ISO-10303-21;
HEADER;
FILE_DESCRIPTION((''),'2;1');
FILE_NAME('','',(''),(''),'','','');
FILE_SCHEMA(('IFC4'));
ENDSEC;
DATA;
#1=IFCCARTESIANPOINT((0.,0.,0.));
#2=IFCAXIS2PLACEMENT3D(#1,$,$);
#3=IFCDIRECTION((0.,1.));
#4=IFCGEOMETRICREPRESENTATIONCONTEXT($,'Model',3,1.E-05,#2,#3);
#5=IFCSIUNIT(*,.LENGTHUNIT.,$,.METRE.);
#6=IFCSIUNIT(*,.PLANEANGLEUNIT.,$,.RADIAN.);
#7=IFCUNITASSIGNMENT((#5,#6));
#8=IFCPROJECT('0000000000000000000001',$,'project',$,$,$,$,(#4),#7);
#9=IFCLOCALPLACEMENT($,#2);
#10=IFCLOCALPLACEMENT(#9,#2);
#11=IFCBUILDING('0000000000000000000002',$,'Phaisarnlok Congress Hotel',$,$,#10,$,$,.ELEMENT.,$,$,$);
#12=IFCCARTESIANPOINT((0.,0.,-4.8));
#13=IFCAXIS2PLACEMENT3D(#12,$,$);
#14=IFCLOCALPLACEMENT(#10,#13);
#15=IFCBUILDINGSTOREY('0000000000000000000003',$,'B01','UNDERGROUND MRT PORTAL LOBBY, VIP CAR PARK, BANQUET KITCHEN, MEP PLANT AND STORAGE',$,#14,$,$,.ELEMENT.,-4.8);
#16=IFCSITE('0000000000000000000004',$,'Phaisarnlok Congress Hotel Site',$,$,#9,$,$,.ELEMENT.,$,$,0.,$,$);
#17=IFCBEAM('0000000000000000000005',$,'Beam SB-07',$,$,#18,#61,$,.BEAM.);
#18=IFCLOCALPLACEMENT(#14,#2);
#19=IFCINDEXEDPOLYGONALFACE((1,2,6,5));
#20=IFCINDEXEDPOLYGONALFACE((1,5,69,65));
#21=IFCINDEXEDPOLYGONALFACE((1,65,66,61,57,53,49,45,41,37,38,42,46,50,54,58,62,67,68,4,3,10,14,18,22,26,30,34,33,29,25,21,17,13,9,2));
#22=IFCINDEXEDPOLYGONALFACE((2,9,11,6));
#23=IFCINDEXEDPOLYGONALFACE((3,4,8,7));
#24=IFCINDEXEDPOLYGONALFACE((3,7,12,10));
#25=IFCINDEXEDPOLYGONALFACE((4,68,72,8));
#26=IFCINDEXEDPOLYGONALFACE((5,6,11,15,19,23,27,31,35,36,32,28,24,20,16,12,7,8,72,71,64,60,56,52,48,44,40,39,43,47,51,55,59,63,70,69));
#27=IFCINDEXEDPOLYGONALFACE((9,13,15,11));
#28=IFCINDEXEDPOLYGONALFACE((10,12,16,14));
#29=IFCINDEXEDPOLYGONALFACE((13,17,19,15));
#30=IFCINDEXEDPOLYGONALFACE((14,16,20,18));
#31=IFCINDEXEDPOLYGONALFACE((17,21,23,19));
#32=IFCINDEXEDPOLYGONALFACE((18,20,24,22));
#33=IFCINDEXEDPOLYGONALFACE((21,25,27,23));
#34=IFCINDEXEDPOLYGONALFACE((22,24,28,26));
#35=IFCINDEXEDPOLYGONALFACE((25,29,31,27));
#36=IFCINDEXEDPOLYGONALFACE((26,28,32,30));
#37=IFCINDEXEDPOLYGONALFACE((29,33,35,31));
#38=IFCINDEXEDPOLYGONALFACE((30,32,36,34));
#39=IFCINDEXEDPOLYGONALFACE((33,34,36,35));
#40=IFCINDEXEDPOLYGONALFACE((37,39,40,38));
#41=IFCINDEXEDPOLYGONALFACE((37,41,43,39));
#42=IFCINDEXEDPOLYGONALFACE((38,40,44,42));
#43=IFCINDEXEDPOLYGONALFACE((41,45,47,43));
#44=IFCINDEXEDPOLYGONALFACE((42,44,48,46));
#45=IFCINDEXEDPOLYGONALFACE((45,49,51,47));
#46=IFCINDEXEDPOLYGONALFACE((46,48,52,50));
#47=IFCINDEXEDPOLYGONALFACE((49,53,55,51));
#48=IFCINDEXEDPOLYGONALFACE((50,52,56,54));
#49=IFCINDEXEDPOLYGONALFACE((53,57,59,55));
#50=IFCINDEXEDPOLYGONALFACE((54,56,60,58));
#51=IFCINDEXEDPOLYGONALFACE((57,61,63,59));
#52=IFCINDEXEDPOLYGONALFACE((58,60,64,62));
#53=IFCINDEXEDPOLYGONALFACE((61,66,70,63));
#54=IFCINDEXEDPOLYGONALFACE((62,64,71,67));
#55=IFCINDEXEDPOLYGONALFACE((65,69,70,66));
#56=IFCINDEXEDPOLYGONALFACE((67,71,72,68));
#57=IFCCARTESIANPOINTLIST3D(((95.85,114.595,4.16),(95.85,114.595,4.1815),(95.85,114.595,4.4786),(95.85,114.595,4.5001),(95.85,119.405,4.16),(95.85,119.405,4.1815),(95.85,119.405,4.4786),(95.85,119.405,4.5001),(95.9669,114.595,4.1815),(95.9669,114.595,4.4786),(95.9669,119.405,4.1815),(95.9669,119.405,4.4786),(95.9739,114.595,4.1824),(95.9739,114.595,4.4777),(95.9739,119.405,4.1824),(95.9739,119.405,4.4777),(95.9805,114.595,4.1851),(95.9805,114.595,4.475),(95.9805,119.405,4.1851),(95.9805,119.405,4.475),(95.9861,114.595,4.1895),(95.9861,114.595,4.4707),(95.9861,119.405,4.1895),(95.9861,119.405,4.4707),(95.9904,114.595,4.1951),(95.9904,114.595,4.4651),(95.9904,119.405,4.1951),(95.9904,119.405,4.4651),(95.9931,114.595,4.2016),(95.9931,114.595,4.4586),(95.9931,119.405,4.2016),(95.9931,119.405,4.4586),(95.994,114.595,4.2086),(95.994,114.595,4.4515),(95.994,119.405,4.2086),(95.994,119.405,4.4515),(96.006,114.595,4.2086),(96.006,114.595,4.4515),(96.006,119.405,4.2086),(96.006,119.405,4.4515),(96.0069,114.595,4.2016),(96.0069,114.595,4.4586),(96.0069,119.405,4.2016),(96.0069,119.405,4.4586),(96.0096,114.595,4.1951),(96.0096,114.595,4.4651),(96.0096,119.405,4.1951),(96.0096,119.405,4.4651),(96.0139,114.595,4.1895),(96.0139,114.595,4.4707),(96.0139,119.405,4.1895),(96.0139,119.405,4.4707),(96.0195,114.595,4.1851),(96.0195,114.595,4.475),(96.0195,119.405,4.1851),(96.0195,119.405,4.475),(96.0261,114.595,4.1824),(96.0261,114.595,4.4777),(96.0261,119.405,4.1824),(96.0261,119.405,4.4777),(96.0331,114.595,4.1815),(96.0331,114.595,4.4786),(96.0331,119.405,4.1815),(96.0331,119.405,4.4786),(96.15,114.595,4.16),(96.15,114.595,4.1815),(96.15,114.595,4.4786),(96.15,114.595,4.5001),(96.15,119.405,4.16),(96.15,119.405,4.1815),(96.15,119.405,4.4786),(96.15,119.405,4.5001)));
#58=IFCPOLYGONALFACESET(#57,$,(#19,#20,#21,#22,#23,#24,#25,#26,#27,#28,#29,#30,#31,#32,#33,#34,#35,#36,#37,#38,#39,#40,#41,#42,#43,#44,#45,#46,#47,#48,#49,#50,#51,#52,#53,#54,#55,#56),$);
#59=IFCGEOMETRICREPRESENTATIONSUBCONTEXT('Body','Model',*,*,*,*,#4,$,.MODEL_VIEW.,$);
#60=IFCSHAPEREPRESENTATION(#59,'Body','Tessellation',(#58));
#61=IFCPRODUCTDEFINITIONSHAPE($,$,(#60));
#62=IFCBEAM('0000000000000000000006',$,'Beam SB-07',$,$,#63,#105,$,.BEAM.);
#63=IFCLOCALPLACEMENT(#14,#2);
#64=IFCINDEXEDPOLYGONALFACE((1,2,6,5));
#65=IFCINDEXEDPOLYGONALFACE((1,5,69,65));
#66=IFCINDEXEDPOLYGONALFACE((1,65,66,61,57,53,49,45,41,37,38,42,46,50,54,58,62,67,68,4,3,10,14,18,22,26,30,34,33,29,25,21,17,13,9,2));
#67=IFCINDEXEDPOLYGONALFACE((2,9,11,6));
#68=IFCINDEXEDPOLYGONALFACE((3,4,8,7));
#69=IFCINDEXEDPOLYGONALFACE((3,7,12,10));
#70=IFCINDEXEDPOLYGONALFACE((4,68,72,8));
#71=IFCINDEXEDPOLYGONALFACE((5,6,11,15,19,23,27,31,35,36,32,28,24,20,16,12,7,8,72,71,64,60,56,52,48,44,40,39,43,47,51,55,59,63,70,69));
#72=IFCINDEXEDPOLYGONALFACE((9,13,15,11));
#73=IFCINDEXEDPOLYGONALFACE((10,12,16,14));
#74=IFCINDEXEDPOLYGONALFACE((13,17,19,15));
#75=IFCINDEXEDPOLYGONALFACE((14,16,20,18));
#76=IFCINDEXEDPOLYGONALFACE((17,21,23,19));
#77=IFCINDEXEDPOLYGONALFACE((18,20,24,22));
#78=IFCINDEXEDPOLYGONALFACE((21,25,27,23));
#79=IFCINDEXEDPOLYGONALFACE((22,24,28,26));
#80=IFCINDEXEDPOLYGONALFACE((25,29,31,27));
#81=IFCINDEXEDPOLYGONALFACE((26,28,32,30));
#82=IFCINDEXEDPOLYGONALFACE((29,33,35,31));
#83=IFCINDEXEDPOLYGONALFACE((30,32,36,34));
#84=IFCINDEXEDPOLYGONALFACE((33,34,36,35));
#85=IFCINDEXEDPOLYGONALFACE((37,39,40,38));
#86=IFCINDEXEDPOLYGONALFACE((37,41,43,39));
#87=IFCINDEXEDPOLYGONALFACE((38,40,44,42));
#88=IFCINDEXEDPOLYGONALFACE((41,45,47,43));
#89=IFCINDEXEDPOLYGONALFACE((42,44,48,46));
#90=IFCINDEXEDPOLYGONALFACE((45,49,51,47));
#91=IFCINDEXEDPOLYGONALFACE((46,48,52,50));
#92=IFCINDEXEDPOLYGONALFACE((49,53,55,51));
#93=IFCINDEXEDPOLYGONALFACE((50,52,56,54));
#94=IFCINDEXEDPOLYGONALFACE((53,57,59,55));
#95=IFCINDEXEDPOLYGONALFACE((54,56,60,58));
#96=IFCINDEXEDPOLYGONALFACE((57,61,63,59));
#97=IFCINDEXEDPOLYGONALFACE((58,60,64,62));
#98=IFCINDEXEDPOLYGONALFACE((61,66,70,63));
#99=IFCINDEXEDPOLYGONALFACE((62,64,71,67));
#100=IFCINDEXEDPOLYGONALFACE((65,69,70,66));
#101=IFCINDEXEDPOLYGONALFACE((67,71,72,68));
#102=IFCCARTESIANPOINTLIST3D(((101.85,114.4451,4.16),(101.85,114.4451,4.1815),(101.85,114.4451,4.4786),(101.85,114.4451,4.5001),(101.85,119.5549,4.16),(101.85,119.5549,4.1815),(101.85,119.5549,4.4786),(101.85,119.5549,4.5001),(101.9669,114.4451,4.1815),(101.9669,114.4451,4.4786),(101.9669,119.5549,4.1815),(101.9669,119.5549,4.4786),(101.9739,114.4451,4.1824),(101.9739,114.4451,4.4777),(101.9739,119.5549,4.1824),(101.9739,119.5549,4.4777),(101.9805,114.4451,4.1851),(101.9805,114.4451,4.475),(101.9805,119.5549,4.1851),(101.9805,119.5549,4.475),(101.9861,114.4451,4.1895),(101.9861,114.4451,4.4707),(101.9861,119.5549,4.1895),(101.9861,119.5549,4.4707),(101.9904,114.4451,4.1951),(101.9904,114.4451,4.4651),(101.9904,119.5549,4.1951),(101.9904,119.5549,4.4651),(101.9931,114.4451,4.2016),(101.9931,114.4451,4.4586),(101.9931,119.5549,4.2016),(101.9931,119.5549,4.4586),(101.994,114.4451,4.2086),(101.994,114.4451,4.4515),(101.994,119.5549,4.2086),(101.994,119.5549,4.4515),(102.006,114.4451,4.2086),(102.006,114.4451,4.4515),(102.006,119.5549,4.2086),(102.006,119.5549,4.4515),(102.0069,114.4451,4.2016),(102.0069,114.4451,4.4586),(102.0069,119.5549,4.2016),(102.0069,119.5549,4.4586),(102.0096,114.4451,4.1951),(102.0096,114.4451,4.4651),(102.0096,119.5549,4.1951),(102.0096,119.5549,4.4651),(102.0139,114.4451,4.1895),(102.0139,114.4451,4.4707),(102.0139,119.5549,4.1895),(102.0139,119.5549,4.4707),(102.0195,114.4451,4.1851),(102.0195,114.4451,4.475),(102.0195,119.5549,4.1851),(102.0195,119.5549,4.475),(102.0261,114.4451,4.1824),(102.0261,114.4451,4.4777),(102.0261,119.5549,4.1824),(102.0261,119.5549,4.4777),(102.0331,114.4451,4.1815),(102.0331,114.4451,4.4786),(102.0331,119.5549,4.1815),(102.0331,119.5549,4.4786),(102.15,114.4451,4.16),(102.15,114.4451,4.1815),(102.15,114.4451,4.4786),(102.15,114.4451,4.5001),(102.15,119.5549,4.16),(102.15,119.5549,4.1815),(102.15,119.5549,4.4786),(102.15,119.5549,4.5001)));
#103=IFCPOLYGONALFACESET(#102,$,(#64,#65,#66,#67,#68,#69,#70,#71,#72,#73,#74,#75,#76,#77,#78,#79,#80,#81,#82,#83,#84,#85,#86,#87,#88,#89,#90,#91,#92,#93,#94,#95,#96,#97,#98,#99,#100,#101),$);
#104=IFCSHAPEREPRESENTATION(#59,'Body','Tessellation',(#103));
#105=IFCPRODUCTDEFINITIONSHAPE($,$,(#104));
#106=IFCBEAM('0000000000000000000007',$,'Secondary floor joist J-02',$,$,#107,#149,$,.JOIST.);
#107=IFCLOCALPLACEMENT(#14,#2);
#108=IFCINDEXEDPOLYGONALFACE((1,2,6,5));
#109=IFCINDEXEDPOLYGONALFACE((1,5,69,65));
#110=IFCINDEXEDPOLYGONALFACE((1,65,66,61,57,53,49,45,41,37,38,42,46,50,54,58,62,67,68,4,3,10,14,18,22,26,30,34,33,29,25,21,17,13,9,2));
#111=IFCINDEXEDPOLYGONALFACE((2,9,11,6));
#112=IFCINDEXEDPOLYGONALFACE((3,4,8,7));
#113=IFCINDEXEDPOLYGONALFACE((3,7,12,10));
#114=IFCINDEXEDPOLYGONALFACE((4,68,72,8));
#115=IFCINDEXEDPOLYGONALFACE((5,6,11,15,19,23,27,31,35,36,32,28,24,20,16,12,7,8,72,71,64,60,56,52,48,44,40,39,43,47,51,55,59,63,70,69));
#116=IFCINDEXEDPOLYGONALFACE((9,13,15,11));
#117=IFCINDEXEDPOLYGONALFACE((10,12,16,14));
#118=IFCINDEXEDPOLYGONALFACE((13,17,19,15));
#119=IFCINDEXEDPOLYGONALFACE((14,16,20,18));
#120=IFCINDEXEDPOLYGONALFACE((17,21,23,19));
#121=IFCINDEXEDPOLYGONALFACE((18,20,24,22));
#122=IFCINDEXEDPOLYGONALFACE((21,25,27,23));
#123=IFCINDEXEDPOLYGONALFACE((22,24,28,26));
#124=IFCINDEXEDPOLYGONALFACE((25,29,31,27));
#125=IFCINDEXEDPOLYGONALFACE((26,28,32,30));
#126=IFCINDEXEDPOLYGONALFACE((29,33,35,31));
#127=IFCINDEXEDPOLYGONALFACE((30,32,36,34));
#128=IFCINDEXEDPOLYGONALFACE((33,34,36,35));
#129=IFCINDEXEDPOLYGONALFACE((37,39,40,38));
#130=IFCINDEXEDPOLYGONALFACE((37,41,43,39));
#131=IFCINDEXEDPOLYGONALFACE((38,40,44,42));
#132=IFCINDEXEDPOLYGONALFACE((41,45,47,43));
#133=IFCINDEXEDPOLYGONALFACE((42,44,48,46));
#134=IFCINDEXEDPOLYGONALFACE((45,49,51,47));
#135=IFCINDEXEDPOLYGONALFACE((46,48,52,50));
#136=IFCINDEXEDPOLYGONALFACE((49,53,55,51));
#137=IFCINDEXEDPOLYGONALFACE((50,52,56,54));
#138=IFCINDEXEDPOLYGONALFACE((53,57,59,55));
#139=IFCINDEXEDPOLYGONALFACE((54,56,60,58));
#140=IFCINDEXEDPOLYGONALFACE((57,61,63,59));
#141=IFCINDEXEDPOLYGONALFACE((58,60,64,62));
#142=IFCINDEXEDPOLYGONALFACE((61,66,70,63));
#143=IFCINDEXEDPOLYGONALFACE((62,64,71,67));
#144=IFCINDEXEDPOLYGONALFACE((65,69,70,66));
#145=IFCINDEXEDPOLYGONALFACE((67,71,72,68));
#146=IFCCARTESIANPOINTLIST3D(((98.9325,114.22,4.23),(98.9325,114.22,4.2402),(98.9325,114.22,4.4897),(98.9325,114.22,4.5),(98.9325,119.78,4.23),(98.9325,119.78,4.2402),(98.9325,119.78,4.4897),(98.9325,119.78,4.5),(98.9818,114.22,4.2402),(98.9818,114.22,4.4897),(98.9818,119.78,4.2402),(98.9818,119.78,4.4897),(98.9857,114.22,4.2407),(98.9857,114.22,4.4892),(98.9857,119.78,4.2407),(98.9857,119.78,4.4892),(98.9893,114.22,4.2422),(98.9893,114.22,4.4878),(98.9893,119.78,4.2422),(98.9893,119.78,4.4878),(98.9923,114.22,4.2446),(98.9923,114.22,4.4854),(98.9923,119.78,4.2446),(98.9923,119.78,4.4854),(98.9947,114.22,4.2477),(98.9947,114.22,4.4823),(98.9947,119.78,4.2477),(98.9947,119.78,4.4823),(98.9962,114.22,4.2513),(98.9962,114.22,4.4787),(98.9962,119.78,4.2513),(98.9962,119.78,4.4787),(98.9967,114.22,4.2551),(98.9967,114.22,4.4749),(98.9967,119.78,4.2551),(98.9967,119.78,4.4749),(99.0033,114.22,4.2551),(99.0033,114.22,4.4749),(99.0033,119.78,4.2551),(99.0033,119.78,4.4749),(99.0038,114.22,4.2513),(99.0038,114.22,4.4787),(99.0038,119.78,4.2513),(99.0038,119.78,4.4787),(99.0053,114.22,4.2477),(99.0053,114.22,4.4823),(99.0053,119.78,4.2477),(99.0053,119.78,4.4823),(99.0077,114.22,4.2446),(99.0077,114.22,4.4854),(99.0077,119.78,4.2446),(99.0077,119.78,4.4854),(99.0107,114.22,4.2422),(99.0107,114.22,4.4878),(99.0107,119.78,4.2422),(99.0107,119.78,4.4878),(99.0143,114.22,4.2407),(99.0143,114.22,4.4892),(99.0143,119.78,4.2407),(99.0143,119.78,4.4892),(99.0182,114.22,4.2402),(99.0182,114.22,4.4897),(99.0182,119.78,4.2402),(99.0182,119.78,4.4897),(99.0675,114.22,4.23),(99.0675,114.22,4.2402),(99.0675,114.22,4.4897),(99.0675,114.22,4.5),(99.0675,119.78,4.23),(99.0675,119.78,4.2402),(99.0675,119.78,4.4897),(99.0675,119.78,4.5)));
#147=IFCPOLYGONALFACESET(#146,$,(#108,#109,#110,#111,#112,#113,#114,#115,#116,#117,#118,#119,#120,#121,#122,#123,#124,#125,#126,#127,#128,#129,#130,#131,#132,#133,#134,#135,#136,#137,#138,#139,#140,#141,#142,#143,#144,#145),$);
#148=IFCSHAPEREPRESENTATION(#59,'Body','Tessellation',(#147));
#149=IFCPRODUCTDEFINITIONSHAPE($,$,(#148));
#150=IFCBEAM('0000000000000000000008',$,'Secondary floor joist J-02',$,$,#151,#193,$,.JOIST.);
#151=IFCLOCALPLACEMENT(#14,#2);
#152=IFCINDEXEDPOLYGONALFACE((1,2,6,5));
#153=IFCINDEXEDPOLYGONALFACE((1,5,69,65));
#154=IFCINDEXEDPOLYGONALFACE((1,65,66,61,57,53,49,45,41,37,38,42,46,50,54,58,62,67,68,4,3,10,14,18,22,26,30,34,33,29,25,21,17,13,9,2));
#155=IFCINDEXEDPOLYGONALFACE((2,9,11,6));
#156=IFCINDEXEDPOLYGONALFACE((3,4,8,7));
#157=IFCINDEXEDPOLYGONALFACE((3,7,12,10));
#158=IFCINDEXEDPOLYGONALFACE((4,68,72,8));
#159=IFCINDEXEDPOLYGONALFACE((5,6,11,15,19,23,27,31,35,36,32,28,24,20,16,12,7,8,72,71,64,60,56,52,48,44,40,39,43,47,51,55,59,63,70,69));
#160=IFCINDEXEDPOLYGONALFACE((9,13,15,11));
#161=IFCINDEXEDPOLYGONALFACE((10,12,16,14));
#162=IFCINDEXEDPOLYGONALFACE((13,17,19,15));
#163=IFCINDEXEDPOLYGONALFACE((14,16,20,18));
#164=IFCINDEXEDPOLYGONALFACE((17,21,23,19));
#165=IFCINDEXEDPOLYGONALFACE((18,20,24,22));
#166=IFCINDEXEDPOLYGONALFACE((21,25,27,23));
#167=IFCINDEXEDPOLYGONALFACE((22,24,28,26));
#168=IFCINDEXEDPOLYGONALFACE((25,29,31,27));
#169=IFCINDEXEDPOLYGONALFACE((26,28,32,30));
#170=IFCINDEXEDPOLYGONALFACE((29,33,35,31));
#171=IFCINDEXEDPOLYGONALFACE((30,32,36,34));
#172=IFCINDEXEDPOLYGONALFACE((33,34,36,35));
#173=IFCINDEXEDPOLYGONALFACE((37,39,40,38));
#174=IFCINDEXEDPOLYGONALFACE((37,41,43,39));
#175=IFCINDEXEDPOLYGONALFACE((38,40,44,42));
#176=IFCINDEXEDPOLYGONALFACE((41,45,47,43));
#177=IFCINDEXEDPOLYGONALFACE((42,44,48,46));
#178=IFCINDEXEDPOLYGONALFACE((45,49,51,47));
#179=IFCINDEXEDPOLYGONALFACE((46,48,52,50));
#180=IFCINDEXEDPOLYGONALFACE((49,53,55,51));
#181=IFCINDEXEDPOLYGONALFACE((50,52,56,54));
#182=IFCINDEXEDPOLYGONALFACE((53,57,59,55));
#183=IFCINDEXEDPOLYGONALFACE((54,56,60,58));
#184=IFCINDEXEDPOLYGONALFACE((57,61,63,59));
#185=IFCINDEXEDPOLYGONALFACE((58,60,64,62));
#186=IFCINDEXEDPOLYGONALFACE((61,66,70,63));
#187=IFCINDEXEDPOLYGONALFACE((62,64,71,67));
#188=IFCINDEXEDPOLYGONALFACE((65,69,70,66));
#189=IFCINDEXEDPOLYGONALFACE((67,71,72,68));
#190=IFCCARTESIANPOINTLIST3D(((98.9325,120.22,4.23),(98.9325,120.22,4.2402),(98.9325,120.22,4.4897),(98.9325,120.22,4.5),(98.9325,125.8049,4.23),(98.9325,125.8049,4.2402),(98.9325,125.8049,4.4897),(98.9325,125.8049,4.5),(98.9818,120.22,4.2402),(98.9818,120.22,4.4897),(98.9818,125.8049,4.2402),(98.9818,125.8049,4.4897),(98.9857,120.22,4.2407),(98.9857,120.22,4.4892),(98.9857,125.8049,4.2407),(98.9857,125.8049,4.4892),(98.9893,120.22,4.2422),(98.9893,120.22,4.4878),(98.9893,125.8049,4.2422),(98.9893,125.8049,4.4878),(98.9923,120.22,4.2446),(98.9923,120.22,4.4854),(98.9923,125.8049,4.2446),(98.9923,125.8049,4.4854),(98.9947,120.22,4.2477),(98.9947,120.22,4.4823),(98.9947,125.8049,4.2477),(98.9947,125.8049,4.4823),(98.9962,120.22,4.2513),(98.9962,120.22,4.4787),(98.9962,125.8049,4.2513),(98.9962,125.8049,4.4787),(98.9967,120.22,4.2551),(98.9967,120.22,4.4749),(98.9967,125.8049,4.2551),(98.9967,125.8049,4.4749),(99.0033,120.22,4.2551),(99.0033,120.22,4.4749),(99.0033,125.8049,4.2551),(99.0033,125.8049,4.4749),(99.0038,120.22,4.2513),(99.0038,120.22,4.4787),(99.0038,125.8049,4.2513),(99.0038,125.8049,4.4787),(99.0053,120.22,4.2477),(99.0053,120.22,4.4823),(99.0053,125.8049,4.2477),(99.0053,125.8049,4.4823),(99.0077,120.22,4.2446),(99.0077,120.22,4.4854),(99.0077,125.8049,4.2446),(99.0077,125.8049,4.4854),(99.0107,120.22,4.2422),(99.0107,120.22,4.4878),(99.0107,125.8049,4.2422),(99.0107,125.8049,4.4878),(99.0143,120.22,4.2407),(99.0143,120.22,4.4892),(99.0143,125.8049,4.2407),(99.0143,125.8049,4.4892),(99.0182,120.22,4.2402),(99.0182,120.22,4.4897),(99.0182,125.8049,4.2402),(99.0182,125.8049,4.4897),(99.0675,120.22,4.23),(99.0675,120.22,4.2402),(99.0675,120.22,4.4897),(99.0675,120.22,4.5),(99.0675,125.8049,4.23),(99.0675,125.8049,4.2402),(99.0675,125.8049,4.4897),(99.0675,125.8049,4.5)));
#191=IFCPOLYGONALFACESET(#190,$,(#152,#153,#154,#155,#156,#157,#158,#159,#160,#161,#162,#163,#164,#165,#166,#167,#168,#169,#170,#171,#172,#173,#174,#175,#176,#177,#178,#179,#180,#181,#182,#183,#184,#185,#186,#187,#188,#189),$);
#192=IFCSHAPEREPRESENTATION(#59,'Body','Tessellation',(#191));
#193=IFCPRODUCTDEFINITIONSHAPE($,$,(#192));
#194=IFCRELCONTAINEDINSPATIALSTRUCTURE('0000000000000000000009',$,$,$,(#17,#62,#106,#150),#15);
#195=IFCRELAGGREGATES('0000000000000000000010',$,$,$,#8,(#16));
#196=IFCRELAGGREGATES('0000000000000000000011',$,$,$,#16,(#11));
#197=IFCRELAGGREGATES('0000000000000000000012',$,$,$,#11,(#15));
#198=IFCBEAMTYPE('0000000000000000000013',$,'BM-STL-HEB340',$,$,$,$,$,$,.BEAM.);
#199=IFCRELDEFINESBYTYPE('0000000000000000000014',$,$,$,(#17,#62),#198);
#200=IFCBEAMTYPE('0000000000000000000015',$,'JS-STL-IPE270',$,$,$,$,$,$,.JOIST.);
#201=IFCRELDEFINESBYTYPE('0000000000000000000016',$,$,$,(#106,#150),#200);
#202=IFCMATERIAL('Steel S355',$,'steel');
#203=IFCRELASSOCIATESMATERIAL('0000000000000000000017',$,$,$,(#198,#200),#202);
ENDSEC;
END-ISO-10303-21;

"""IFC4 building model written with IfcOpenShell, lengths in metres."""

from ifc_helpers import new_model, si_unit, direction, frame, origin, origin_2d, place, context, subcontext, project, spatial, i_section, extrude, material, material_profile, profile_set, type_object, element, save


model = new_model("IFC4")

# Units and contexts
model_context = context("Model", 3, precision=1e-05, world=origin(), true_north=direction((0.0, 1.0)))
body_context = subcontext(model_context, "Body", "Model", "MODEL_VIEW")
ifc_project = project(units=[si_unit("LENGTHUNIT", "METRE"), si_unit("PLANEANGLEUNIT", "RADIAN")], contexts=[model_context])

# Site, building, storey
site_placement = place(None, origin())
site = spatial("IfcSite", under=ifc_project, at=site_placement, Name="Phaisarnlok Congress Hotel Site", CompositionType="ELEMENT", RefElevation=0.0)
building_placement = place(site_placement, origin())
building = spatial("IfcBuilding", under=site, at=building_placement, Name="Phaisarnlok Congress Hotel", CompositionType="ELEMENT")
storey_placement = place(building_placement, frame((0.0, 0.0, -4.8)))
storey = spatial("IfcBuildingStorey", under=building, at=storey_placement, Name="B01", Description="UNDERGROUND MRT PORTAL LOBBY, VIP CAR PARK, BANQUET KITCHEN, MEP PLANT AND STORAGE", CompositionType="ELEMENT", Elevation=-4.8)

# Beams
ifc_material_1 = material(Name="Steel S355", Category="steel")
ifc_material_profile_1 = material_profile(ifc_material_1, i_section(OverallWidth=0.3, OverallDepth=0.3401, WebThickness=0.012, FlangeThickness=0.0215, FilletRadius=0.0271, at=origin_2d()), Name="HEB 340")
ifc_profile_set_1 = profile_set([ifc_material_profile_1], Name="Steel S355")
beam_type_1 = type_object("IfcBeamType", Name="BM-STL-HEB340", PredefinedType="BEAM", material=ifc_profile_set_1)
beam_1_placement = place(storey_placement, frame((96.0, 114.595, 4.3301), z_axis=(0.0, 1.0, 0.0), x_axis=(-1.0, 0.0, 0.0)))
element("IfcBeam", 1, at=beam_1_placement, inside=storey, type_object=beam_type_1, Name="Beam SB-07", PredefinedType="BEAM", context=body_context, shape_type="SweptSolid", body=[
    extrude(i_section(OverallWidth=0.3, OverallDepth=0.3401, WebThickness=0.012, FlangeThickness=0.0215, FilletRadius=0.0271, at=origin_2d()), origin(), (0.0, 0.0, 1.0), 4.8101),
])
beam_2_placement = place(storey_placement, frame((102.0, 114.4451, 4.3301), z_axis=(0.0, 1.0, 0.0), x_axis=(-1.0, 0.0, 0.0)))
element("IfcBeam", 2, at=beam_2_placement, inside=storey, type_object=beam_type_1, Name="Beam SB-07", PredefinedType="BEAM", context=body_context, shape_type="SweptSolid", body=[
    extrude(i_section(OverallWidth=0.3, OverallDepth=0.3401, WebThickness=0.012, FlangeThickness=0.0215, FilletRadius=0.0271, at=origin_2d()), origin(), (0.0, 0.0, 1.0), 5.1099),
])
ifc_material_profile_2 = material_profile(ifc_material_1, i_section(OverallWidth=0.135, OverallDepth=0.27, WebThickness=0.0066, FlangeThickness=0.0103, FilletRadius=0.0149, at=origin_2d()), Name="IPE 270")
ifc_profile_set_2 = profile_set([ifc_material_profile_2], Name="Steel S355")
beam_type_2 = type_object("IfcBeamType", Name="JS-STL-IPE270", PredefinedType="JOIST", material=ifc_profile_set_2)
beam_3_placement = place(storey_placement, frame((99.0, 114.22, 4.365), z_axis=(0.0, 1.0, 0.0), x_axis=(-1.0, 0.0, 0.0)))
element("IfcBeam", 3, at=beam_3_placement, inside=storey, type_object=beam_type_2, Name="Secondary floor joist J-02", PredefinedType="JOIST", context=body_context, shape_type="SweptSolid", body=[
    extrude(i_section(OverallWidth=0.135, OverallDepth=0.27, WebThickness=0.0066, FlangeThickness=0.0103, FilletRadius=0.0149, at=origin_2d()), origin(), (0.0, 0.0, 1.0), 5.5601),
])
beam_4_placement = place(storey_placement, frame((99.0, 120.22, 4.365), z_axis=(0.0, 1.0, 0.0), x_axis=(-1.0, 0.0, 0.0)))
element("IfcBeam", 4, at=beam_4_placement, inside=storey, type_object=beam_type_2, Name="Secondary floor joist J-02", PredefinedType="JOIST", context=body_context, shape_type="SweptSolid", body=[
    extrude(i_section(OverallWidth=0.135, OverallDepth=0.27, WebThickness=0.0066, FlangeThickness=0.0103, FilletRadius=0.0149, at=origin_2d()), origin(), (0.0, 0.0, 1.0), 5.585),
])

save(model, "model.ifc")
